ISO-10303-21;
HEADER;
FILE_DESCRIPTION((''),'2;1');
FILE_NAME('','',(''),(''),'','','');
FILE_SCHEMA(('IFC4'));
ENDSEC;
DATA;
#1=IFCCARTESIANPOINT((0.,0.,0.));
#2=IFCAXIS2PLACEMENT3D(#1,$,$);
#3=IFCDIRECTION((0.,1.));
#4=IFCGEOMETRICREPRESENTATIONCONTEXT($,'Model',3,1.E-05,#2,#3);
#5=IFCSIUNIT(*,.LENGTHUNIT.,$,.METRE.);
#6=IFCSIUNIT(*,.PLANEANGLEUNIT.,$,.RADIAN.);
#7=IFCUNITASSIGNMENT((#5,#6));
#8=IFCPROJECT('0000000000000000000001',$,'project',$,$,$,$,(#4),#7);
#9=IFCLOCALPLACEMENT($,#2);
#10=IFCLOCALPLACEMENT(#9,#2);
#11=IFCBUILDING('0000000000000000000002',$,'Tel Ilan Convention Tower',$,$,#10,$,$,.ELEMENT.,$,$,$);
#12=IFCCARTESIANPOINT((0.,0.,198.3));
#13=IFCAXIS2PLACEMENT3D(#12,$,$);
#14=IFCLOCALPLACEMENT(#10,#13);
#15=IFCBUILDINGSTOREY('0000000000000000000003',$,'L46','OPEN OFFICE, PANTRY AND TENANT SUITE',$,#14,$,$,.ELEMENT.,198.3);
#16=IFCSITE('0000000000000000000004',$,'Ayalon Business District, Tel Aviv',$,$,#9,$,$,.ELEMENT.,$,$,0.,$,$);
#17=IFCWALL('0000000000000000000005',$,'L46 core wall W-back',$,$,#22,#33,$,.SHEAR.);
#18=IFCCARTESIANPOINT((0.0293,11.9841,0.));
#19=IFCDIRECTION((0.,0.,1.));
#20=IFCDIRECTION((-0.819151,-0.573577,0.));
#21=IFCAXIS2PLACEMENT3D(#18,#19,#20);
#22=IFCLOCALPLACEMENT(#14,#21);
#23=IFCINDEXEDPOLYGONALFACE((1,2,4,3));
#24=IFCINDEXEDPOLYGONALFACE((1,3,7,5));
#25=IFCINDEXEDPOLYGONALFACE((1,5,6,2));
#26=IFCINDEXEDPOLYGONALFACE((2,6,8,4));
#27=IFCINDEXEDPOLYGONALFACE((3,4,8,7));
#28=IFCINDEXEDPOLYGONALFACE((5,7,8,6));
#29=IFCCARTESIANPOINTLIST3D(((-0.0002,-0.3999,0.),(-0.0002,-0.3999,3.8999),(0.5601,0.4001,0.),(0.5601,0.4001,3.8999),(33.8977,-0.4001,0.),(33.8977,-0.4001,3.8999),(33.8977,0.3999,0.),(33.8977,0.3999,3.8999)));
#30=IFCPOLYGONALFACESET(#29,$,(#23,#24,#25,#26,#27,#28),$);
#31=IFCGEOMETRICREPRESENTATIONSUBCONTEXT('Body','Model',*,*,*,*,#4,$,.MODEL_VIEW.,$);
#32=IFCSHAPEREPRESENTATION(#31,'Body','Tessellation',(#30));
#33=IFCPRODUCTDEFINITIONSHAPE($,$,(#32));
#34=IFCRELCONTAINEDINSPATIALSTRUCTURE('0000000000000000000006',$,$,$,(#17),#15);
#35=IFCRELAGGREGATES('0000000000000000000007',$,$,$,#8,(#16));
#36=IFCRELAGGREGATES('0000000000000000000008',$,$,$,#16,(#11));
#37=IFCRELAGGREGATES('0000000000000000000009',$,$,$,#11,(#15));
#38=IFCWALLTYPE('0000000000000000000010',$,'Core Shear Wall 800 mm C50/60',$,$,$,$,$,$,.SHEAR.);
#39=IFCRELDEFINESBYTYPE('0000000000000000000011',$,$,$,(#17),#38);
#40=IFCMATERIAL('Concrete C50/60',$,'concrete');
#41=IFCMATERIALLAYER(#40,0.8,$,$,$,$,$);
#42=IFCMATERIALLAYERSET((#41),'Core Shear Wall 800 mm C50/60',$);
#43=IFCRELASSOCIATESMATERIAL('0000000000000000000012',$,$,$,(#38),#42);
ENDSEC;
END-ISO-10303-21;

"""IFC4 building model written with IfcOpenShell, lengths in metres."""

from ifc_helpers import new_model, si_unit, direction, frame, origin, place, context, subcontext, project, spatial, polyline, outline, extrude, material, layer, layer_set, type_object, element, save


model = new_model("IFC4")

# Units and contexts
model_context = context("Model", 3, precision=1e-05, world=origin(), true_north=direction((0.0, 1.0)))
body_context = subcontext(model_context, "Body", "Model", "MODEL_VIEW")
ifc_project = project(units=[si_unit("LENGTHUNIT", "METRE"), si_unit("PLANEANGLEUNIT", "RADIAN")], contexts=[model_context])

# Site, building, storey
site_placement = place(None, origin())
site = spatial("IfcSite", under=ifc_project, at=site_placement, Name="Ayalon Business District, Tel Aviv", CompositionType="ELEMENT", RefElevation=0.0)
building_placement = place(site_placement, origin())
building = spatial("IfcBuilding", under=site, at=building_placement, Name="Tel Ilan Convention Tower", CompositionType="ELEMENT")
storey_placement = place(building_placement, frame((0.0, 0.0, 198.3)))
storey = spatial("IfcBuildingStorey", under=building, at=storey_placement, Name="L46", Description="OPEN OFFICE, PANTRY AND TENANT SUITE", CompositionType="ELEMENT", Elevation=198.3)

# Wall
ifc_material_1 = material(Name="Concrete C50/60", Category="concrete")
ifc_layer_1 = layer(ifc_material_1, 0.8)
ifc_layer_set_1 = layer_set([ifc_layer_1], Name="Core Shear Wall 800 mm C50/60")
wall_type_1 = type_object("IfcWallType", Name="Core Shear Wall 800 mm C50/60", PredefinedType="SHEAR", material=ifc_layer_set_1)
wall_1_placement = place(storey_placement, frame((0.0293, 11.9841, 0.0), z_axis=(0.0, 0.0, 1.0), x_axis=(-0.819151, -0.573577, 0.0)))
element("IfcWall", 1, at=wall_1_placement, inside=storey, type_object=wall_type_1, Name="L46 core wall W-back", PredefinedType="SHEAR", context=body_context, shape_type="SweptSolid", body=[
    extrude(outline(polyline([(33.8977, 0.3999), (0.5601, 0.4001), (-0.0002, -0.3999), (33.8977, -0.4001), (33.8977, 0.3999)])), origin(), (0.0, 0.0, 1.0), 3.8999),
])

save(model, "model.ifc")
